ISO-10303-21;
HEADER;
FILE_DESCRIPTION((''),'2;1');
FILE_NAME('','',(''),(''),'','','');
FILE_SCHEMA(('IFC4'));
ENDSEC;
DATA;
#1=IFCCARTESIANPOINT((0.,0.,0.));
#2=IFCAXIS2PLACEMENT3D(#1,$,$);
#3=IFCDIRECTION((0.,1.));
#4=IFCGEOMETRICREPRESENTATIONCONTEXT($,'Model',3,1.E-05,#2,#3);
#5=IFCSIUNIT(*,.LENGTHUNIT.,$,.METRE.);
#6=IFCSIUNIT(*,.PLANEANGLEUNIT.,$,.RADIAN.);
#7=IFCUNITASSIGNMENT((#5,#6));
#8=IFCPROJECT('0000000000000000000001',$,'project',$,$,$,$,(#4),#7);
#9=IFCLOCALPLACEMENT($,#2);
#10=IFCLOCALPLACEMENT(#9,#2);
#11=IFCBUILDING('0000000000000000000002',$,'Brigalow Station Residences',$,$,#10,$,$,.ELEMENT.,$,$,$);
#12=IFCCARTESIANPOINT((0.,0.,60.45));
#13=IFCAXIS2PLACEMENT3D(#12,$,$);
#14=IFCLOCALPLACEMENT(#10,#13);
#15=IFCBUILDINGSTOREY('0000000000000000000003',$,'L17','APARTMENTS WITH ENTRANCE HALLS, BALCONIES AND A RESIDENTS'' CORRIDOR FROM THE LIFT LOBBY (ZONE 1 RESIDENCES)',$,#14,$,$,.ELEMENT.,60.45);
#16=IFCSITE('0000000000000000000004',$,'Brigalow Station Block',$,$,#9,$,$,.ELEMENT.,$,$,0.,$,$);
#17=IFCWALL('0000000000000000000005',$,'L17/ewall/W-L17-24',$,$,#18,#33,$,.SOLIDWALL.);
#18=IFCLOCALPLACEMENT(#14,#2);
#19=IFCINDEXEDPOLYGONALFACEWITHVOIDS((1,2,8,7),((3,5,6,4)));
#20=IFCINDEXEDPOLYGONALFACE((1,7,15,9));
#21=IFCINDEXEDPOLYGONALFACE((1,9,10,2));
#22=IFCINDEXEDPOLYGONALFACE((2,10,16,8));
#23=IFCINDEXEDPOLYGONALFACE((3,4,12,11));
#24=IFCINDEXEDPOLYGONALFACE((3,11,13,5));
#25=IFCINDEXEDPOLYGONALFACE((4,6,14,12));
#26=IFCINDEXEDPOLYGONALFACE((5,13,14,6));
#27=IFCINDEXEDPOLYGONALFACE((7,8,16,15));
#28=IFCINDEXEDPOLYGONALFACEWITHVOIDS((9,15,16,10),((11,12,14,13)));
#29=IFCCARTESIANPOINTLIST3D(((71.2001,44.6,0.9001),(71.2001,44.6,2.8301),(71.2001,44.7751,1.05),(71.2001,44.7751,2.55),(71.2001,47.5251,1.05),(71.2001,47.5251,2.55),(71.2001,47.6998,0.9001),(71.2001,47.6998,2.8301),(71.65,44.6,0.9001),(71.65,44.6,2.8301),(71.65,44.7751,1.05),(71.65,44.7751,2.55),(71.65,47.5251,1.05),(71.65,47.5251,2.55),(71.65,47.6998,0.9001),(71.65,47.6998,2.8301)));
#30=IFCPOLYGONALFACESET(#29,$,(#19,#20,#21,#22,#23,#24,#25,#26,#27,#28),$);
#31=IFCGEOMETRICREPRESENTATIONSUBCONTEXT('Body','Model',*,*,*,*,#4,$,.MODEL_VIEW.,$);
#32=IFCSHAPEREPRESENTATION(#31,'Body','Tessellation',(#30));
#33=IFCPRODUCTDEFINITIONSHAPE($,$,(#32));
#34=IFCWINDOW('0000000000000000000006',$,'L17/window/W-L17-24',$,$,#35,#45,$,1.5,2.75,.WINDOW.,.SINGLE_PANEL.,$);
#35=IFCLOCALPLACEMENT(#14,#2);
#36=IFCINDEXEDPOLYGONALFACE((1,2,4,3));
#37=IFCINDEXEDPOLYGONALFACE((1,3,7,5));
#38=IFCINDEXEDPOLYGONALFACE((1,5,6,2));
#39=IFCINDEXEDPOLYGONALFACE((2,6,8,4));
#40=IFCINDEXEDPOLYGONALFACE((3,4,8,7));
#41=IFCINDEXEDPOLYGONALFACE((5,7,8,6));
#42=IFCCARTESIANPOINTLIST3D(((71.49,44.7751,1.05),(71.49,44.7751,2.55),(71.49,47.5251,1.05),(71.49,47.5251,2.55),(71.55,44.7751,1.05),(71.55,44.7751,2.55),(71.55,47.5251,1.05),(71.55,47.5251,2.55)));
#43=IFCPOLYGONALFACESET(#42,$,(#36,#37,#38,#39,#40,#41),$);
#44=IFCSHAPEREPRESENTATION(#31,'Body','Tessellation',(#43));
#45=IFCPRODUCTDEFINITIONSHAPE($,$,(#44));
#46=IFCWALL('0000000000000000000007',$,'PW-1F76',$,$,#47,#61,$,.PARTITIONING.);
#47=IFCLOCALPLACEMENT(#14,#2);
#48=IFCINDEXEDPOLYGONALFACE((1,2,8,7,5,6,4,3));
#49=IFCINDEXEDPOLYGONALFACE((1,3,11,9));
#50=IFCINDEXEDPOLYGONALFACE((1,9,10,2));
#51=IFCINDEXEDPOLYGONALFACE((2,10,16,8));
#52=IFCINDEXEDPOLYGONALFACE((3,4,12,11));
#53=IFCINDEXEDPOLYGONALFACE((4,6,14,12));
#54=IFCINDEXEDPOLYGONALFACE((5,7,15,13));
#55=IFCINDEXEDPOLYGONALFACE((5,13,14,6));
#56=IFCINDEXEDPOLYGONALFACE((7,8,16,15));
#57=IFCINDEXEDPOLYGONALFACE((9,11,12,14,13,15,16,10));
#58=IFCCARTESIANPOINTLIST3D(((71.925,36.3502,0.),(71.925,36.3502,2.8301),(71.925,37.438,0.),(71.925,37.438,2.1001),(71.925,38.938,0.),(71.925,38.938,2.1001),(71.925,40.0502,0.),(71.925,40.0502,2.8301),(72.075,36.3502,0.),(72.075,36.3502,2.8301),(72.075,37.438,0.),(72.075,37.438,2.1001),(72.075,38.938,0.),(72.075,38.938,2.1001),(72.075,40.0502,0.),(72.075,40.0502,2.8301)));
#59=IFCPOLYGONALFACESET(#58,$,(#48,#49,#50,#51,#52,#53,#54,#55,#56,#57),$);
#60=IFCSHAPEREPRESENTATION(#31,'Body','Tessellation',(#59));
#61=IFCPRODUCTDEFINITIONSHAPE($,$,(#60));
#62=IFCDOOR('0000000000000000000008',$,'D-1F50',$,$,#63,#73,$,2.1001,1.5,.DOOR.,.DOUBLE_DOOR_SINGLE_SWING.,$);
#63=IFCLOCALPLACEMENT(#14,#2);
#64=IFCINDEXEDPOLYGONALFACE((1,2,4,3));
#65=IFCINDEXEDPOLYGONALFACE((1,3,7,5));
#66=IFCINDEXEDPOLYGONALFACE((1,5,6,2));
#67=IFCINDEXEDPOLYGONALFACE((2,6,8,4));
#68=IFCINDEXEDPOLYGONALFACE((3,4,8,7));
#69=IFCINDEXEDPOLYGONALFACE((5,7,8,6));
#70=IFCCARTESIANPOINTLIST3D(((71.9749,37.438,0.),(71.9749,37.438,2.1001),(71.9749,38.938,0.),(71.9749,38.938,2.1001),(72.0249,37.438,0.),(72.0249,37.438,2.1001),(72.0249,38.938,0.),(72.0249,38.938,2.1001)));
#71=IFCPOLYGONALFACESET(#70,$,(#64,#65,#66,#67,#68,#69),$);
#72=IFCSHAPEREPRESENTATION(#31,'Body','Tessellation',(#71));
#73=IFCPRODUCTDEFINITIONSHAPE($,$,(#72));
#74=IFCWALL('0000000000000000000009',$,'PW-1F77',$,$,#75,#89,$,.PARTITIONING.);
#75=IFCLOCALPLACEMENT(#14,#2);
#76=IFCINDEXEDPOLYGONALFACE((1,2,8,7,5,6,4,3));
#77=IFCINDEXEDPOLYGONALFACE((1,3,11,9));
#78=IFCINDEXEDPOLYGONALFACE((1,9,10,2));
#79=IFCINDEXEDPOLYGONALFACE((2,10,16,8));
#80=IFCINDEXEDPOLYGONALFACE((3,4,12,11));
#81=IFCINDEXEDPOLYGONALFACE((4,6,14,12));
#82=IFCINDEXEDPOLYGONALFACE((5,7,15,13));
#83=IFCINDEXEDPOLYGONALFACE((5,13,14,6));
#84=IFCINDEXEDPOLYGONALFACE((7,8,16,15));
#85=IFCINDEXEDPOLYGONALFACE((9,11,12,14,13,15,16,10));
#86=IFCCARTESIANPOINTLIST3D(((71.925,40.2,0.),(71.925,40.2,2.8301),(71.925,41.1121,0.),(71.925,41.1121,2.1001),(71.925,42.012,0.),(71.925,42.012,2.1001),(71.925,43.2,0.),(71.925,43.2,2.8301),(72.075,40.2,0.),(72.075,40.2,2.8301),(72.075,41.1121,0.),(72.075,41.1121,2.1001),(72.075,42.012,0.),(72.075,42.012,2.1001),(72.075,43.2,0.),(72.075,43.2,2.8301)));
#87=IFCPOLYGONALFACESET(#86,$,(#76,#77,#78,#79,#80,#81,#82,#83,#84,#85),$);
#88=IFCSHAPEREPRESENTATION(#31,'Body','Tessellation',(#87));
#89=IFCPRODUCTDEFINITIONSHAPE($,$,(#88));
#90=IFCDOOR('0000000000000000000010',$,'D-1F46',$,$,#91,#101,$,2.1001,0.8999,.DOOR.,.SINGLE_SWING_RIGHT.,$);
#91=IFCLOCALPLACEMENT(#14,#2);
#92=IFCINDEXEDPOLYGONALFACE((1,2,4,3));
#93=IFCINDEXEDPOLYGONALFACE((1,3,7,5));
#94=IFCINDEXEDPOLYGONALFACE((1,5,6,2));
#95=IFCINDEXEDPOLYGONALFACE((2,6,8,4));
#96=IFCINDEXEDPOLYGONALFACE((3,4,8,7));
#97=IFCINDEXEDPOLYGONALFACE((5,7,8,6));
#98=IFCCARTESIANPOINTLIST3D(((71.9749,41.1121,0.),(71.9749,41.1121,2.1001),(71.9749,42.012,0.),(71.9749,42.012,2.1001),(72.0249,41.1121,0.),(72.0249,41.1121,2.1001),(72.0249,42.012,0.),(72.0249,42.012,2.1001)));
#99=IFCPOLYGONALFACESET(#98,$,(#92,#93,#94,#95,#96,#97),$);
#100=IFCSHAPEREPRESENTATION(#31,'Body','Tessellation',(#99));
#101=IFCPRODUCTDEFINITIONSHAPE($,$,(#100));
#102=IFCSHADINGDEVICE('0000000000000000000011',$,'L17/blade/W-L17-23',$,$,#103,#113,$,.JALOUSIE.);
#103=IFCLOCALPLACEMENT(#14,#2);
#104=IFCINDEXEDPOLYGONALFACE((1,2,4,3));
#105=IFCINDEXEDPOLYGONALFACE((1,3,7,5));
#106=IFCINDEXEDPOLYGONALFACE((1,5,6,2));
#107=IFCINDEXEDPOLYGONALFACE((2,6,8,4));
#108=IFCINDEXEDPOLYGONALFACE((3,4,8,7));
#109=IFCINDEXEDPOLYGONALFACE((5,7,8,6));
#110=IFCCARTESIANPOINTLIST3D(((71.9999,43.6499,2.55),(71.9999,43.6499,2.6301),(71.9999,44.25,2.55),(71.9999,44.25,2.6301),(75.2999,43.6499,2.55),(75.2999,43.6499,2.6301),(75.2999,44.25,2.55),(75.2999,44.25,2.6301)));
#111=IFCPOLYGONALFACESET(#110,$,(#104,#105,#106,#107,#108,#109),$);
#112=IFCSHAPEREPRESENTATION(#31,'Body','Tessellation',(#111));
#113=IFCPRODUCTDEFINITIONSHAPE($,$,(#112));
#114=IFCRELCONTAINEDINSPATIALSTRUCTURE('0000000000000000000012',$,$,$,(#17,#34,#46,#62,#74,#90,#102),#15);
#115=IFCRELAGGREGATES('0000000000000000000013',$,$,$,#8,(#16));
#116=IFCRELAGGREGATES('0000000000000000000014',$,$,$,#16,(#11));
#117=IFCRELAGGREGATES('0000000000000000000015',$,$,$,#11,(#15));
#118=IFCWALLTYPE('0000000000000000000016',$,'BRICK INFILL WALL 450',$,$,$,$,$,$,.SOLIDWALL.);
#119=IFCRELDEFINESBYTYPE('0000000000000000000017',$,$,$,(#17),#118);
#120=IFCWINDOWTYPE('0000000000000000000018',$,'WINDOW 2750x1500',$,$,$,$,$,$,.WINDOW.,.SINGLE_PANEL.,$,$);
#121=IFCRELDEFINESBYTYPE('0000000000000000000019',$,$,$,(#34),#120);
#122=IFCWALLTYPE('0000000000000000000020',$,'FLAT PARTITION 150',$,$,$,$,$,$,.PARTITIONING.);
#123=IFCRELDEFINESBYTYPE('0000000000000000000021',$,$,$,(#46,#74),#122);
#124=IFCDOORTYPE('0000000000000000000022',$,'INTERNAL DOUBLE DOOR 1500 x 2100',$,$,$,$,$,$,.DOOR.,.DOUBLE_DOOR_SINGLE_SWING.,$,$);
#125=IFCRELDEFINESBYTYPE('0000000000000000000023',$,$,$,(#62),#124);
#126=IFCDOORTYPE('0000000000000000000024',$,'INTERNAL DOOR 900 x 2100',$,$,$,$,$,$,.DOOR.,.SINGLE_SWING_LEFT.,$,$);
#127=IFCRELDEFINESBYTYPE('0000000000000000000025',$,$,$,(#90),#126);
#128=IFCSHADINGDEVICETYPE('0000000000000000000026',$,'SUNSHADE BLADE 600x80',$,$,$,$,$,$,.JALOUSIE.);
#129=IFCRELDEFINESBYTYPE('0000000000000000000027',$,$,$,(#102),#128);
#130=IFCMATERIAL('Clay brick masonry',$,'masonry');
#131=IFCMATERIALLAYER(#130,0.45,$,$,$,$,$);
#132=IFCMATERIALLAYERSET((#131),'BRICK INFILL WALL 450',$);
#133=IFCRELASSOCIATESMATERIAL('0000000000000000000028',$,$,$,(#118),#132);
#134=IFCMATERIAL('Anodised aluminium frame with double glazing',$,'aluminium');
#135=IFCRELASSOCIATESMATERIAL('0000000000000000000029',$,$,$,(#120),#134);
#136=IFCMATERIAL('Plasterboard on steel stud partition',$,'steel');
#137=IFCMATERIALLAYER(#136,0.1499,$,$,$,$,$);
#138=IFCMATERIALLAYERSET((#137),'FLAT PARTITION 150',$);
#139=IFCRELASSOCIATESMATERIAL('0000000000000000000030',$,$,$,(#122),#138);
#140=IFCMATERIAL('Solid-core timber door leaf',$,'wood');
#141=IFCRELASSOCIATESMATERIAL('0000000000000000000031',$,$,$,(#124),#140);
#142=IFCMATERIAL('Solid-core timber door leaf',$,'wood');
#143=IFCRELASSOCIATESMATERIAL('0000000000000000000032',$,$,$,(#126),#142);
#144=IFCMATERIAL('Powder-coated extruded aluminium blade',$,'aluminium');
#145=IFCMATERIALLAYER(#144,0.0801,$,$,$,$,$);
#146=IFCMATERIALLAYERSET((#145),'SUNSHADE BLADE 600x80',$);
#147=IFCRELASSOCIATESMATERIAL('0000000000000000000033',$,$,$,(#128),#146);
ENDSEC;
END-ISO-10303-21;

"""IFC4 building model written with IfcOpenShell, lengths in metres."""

from ifc_helpers import new_model, si_unit, direction, frame, frame_2d, origin, origin_2d, place, context, subcontext, project, spatial, rectangle, extrude, material, layer, layer_set, type_object, element, fill, save


model = new_model("IFC4")

# Units and contexts
model_context = context("Model", 3, precision=1e-05, world=origin(), true_north=direction((0.0, 1.0)))
body_context = subcontext(model_context, "Body", "Model", "MODEL_VIEW")
ifc_project = project(units=[si_unit("LENGTHUNIT", "METRE"), si_unit("PLANEANGLEUNIT", "RADIAN")], contexts=[model_context])

# Site, building, storey
site_placement = place(None, origin())
site = spatial("IfcSite", under=ifc_project, at=site_placement, Name="Brigalow Station Block", CompositionType="ELEMENT", RefElevation=0.0)
building_placement = place(site_placement, origin())
building = spatial("IfcBuilding", under=site, at=building_placement, Name="Brigalow Station Residences", CompositionType="ELEMENT")
storey_placement = place(building_placement, frame((0.0, 0.0, 60.45)))
storey = spatial("IfcBuildingStorey", under=building, at=storey_placement, Name="L17", Description="APARTMENTS WITH ENTRANCE HALLS, BALCONIES AND A RESIDENTS' CORRIDOR FROM THE LIFT LOBBY (ZONE 1 RESIDENCES)", CompositionType="ELEMENT", Elevation=60.45)

# Wall, opening, window
ifc_material_1 = material(Name="Clay brick masonry", Category="masonry")
ifc_layer_1 = layer(ifc_material_1, 0.45)
ifc_layer_set_1 = layer_set([ifc_layer_1], Name="BRICK INFILL WALL 450")
wall_type_1 = type_object("IfcWallType", Name="BRICK INFILL WALL 450", PredefinedType="SOLIDWALL", material=ifc_layer_set_1)
wall_1_placement = place(storey_placement, frame((71.425, 44.6001, 0.9001), z_axis=(0.0, 0.0, 1.0), x_axis=(0.0, 1.0, 0.0)))
wall_1 = element("IfcWall", 1, at=wall_1_placement, inside=storey, type_object=wall_type_1, Name="L17/ewall/W-L17-24", PredefinedType="SOLIDWALL", context=body_context, shape_type="SweptSolid", body=[
    extrude(rectangle(XDim=3.0999, YDim=0.45, at=frame_2d((1.5498, 0.0))), origin(), (0.0, 0.0, 1.0), 1.9299),
])
opening_1_placement = place(wall_1_placement, frame((0.175, 0.0, 0.1499)))
opening_1 = element("IfcOpeningElement", 2, at=opening_1_placement, cuts=wall_1, PredefinedType="OPENING", context=body_context, shape_type="SweptSolid", body=[
    extrude(rectangle(XDim=2.75, YDim=1.5, at=frame_2d((1.375, 0.75))), frame((0.0, 0.2349, 0.0), z_axis=(0.0, -1.0, 0.0), x_axis=(1.0, 0.0, 0.0)), (0.0, 0.0, 1.0), 0.47),
])
ifc_material_2 = material(Name="Anodised aluminium frame with double glazing", Category="aluminium")
window_type_1 = type_object("IfcWindowType", Name="WINDOW 2750x1500", PartitioningType="SINGLE_PANEL", PredefinedType="WINDOW", material=ifc_material_2)
window_1_placement = place(opening_1_placement, origin())
window_1 = element("IfcWindow", 3, at=window_1_placement, inside=storey, type_object=window_type_1, Name="L17/window/W-L17-24", OverallHeight=1.5, OverallWidth=2.75, PartitioningType="SINGLE_PANEL", PredefinedType="WINDOW", context=body_context, shape_type="SweptSolid", body=[
    extrude(rectangle(XDim=2.75, YDim=1.5, at=frame_2d((1.375, 0.75))), frame((0.0, -0.0649, 0.0), z_axis=(0.0, -1.0, 0.0), x_axis=(1.0, 0.0, 0.0)), (0.0, 0.0, 1.0), 0.0601),
])
fill(opening_1, window_1)

# Walls, openings, doors
ifc_material_3 = material(Name="Plasterboard on steel stud partition", Category="steel")
ifc_layer_2 = layer(ifc_material_3, 0.1499)
ifc_layer_set_2 = layer_set([ifc_layer_2], Name="FLAT PARTITION 150")
wall_type_2 = type_object("IfcWallType", Name="FLAT PARTITION 150", PredefinedType="PARTITIONING", material=ifc_layer_set_2)
wall_2_placement = place(storey_placement, frame((72.0, 36.3501, 0.0), z_axis=(0.0, 0.0, 1.0), x_axis=(0.0, 1.0, 0.0)))
wall_2 = element("IfcWall", 4, at=wall_2_placement, inside=storey, type_object=wall_type_2, Name="PW-1F76", PredefinedType="PARTITIONING", context=body_context, shape_type="SweptSolid", body=[
    extrude(rectangle(XDim=3.7, YDim=0.1499, at=frame_2d((1.8501, 0.0))), origin(), (0.0, 0.0, 1.0), 2.8301),
])
opening_2_placement = place(wall_2_placement, frame((1.0879, 0.0, 0.0)))
opening_2 = element("IfcOpeningElement", 5, at=opening_2_placement, cuts=wall_2, PredefinedType="OPENING", context=body_context, shape_type="SweptSolid", body=[
    extrude(rectangle(XDim=1.5, YDim=2.1001, at=frame_2d((0.75, 1.05))), frame((0.0, 0.085, 0.0), z_axis=(0.0, -1.0, 0.0), x_axis=(1.0, 0.0, 0.0)), (0.0, 0.0, 1.0), 0.1699),
])
ifc_material_4 = material(Name="Solid-core timber door leaf", Category="wood")
door_type_1 = type_object("IfcDoorType", Name="INTERNAL DOUBLE DOOR 1500 x 2100", OperationType="DOUBLE_DOOR_SINGLE_SWING", PredefinedType="DOOR", material=ifc_material_4)
door_1_placement = place(opening_2_placement, frame((1.5, 0.0, 0.0), z_axis=(0.0, 0.0, 1.0), x_axis=(-1.0, 0.0, 0.0)))
door_1 = element("IfcDoor", 6, at=door_1_placement, inside=storey, type_object=door_type_1, Name="D-1F50", OperationType="DOUBLE_DOOR_SINGLE_SWING", OverallHeight=2.1001, OverallWidth=1.5, PredefinedType="DOOR", context=body_context, shape_type="SweptSolid", body=[
    extrude(rectangle(XDim=1.5, YDim=2.1001, at=frame_2d((0.75, 1.05))), frame((0.0, 0.0249, 0.0), z_axis=(0.0, -1.0, 0.0), x_axis=(1.0, 0.0, 0.0)), (0.0, 0.0, 1.0), 0.05),
])
fill(opening_2, door_1)
wall_3_placement = place(storey_placement, frame((72.0, 40.2, 0.0), z_axis=(0.0, 0.0, 1.0), x_axis=(0.0, 1.0, 0.0)))
wall_3 = element("IfcWall", 7, at=wall_3_placement, inside=storey, type_object=wall_type_2, Name="PW-1F77", PredefinedType="PARTITIONING", context=body_context, shape_type="SweptSolid", body=[
    extrude(rectangle(XDim=3.0, YDim=0.1499, at=frame_2d((1.5, 0.0))), origin(), (0.0, 0.0, 1.0), 2.8301),
])
opening_3_placement = place(wall_3_placement, frame((0.9121, 0.0, 0.0)))
opening_3 = element("IfcOpeningElement", 8, at=opening_3_placement, cuts=wall_3, PredefinedType="OPENING", context=body_context, shape_type="SweptSolid", body=[
    extrude(rectangle(XDim=0.8999, YDim=2.1001, at=frame_2d((0.45, 1.05))), frame((0.0, 0.085, 0.0), z_axis=(0.0, -1.0, 0.0), x_axis=(1.0, 0.0, 0.0)), (0.0, 0.0, 1.0), 0.1699),
])
ifc_material_5 = material(Name="Solid-core timber door leaf", Category="wood")
door_type_2 = type_object("IfcDoorType", Name="INTERNAL DOOR 900 x 2100", OperationType="SINGLE_SWING_LEFT", PredefinedType="DOOR", material=ifc_material_5)
door_2_placement = place(opening_3_placement, frame((0.8999, 0.0, 0.0), z_axis=(0.0, 0.0, 1.0), x_axis=(-1.0, 0.0, 0.0)))
door_2 = element("IfcDoor", 9, at=door_2_placement, inside=storey, type_object=door_type_2, Name="D-1F46", OperationType="SINGLE_SWING_RIGHT", OverallHeight=2.1001, OverallWidth=0.8999, PredefinedType="DOOR", context=body_context, shape_type="SweptSolid", body=[
    extrude(rectangle(XDim=0.8999, YDim=2.1001, at=frame_2d((0.45, 1.05))), frame((0.0, 0.0249, 0.0), z_axis=(0.0, -1.0, 0.0), x_axis=(1.0, 0.0, 0.0)), (0.0, 0.0, 1.0), 0.05),
])
fill(opening_3, door_2)

# Shading device
ifc_material_6 = material(Name="Powder-coated extruded aluminium blade", Category="aluminium")
ifc_layer_3 = layer(ifc_material_6, 0.0801)
ifc_layer_set_3 = layer_set([ifc_layer_3], Name="SUNSHADE BLADE 600x80")
shading_device_type = type_object("IfcShadingDeviceType", Name="SUNSHADE BLADE 600x80", PredefinedType="JALOUSIE", material=ifc_layer_set_3)
shading_device_placement = place(storey_placement, frame((73.6499, 43.95, 2.55), z_axis=(0.0, 0.0, 1.0), x_axis=(-1.0, 0.0, 0.0)))
element("IfcShadingDevice", 10, at=shading_device_placement, inside=storey, type_object=shading_device_type, Name="L17/blade/W-L17-23", PredefinedType="JALOUSIE", context=body_context, shape_type="SweptSolid", body=[
    extrude(rectangle(XDim=3.3, YDim=0.6001, at=origin_2d()), origin(), (0.0, 0.0, 1.0), 0.0801),
])

save(model, "model.ifc")
